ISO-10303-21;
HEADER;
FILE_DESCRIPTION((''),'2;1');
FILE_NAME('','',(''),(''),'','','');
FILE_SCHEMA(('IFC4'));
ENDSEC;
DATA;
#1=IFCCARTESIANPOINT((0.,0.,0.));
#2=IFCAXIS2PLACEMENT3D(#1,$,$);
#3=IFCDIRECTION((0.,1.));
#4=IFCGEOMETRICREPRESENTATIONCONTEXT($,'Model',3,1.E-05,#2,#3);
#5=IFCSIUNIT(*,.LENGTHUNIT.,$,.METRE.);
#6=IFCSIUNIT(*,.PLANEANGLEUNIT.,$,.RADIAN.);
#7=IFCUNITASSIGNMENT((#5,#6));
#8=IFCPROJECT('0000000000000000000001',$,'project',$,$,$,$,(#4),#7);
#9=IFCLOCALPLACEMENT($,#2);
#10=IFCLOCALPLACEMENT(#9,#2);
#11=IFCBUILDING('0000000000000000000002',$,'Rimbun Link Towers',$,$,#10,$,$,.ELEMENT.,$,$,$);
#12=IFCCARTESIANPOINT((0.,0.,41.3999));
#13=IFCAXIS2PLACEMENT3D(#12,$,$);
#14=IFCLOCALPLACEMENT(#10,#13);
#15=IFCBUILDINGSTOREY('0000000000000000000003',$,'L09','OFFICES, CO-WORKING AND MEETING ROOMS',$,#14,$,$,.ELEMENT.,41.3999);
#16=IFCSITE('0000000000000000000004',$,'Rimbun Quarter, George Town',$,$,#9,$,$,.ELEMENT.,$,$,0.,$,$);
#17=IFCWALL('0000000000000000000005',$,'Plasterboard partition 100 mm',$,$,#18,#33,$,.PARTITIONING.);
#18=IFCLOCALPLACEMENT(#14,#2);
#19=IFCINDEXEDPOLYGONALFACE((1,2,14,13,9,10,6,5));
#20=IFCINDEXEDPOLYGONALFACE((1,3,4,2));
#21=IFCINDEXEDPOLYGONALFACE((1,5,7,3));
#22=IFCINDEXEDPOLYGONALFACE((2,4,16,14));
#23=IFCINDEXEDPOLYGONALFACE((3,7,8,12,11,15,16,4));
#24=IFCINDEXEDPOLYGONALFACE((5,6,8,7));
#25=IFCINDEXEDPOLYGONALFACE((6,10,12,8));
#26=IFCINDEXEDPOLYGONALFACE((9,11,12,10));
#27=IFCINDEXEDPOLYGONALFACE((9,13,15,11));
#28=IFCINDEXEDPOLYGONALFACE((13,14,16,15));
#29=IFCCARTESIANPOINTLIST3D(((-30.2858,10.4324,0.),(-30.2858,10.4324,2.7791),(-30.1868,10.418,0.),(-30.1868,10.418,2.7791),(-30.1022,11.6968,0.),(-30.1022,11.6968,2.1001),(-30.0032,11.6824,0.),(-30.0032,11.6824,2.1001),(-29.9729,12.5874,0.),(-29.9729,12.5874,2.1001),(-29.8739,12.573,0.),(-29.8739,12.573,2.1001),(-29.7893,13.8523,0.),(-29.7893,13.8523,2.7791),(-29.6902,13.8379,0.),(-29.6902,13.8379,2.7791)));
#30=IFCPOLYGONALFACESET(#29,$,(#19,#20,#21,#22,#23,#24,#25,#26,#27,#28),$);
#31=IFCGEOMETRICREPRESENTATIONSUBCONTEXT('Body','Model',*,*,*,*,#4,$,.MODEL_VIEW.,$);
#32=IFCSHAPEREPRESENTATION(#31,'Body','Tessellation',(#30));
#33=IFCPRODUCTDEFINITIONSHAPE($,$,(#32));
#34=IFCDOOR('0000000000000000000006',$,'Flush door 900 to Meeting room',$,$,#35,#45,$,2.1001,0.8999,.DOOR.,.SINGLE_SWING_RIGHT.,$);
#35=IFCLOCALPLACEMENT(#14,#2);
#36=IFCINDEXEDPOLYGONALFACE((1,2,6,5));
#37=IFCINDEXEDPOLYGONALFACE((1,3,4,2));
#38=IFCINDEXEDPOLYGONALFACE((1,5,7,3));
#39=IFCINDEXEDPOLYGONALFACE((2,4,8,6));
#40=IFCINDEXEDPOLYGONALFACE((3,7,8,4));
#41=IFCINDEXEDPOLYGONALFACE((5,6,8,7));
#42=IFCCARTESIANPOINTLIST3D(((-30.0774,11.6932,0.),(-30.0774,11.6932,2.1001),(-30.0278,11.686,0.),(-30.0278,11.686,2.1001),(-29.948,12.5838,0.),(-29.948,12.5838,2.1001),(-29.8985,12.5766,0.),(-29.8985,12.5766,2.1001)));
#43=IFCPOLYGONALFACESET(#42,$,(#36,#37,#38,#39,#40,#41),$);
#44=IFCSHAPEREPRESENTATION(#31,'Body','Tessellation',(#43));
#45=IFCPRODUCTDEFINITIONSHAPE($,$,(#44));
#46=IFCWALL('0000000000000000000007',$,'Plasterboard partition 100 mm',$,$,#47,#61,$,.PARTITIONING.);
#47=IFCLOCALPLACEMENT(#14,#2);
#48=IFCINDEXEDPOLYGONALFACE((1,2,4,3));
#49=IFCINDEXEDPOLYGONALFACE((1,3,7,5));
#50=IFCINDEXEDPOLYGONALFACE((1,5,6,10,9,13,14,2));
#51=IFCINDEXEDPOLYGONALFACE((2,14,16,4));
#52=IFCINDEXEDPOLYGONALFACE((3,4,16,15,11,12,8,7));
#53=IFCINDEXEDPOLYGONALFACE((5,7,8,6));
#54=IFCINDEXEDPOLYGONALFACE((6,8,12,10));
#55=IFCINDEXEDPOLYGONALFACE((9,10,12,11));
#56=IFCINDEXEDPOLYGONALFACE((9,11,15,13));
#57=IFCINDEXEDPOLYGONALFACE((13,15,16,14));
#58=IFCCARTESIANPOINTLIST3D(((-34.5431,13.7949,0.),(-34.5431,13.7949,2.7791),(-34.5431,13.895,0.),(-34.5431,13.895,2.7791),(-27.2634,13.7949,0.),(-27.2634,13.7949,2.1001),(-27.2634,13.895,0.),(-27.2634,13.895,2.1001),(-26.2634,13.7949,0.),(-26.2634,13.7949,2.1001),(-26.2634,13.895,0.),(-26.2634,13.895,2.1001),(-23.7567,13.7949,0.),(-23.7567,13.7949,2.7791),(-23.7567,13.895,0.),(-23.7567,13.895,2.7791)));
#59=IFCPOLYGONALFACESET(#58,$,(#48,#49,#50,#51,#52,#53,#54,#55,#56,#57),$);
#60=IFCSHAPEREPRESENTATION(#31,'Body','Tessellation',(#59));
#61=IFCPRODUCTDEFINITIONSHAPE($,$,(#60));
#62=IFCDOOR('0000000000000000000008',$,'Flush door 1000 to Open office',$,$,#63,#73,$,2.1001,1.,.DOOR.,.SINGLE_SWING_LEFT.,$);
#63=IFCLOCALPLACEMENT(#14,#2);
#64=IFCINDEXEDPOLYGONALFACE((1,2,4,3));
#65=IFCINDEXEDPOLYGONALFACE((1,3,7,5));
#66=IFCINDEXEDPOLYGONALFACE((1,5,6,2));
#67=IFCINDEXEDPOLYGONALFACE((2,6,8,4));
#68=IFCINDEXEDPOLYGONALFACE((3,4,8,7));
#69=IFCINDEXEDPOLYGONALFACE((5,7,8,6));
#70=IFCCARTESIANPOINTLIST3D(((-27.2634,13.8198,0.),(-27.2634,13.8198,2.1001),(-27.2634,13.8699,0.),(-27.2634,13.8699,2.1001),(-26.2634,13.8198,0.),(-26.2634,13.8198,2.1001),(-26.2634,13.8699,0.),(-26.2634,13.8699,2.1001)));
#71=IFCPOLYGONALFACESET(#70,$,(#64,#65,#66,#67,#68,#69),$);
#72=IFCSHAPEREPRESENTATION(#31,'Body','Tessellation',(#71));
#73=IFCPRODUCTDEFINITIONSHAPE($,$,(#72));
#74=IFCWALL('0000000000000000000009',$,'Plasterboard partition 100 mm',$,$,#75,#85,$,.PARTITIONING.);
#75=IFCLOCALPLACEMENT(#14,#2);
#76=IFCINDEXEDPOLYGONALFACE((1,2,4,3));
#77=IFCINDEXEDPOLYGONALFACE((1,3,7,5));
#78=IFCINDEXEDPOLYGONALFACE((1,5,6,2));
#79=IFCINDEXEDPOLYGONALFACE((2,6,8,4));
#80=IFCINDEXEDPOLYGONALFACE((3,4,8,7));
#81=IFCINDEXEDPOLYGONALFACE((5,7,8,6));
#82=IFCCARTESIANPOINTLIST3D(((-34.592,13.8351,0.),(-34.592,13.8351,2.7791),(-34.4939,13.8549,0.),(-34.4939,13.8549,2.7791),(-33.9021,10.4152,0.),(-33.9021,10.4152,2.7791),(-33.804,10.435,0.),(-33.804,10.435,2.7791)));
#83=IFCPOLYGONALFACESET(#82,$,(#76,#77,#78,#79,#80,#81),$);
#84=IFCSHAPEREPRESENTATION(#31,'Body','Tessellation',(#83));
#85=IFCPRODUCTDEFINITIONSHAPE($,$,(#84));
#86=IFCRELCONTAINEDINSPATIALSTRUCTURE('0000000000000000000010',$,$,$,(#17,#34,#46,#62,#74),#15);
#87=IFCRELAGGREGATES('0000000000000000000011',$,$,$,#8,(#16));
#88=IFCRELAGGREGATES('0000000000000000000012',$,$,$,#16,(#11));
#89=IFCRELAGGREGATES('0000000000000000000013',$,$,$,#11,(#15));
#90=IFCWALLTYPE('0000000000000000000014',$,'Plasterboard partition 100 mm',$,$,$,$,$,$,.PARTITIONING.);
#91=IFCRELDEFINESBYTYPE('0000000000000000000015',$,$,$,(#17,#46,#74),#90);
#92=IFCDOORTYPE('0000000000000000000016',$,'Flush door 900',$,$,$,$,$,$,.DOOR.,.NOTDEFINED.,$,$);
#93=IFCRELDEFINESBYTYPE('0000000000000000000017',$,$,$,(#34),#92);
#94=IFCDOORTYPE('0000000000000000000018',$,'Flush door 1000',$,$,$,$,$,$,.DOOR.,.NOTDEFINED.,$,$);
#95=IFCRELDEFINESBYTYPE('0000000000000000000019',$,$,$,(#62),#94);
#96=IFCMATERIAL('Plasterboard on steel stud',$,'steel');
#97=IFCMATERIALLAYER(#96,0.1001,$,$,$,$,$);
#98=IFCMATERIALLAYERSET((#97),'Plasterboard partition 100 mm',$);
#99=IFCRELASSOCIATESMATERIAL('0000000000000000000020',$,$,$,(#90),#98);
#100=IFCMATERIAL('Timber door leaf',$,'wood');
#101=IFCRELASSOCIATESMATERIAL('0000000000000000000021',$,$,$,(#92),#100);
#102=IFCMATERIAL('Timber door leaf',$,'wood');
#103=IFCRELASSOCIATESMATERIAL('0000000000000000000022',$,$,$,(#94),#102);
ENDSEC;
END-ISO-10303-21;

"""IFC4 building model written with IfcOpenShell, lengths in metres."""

from ifc_helpers import new_model, si_unit, direction, frame, frame_2d, origin, place, context, subcontext, project, spatial, rectangle, extrude, material, layer, layer_set, type_object, element, fill, save


model = new_model("IFC4")

# Units and contexts
model_context = context("Model", 3, precision=1e-05, world=origin(), true_north=direction((0.0, 1.0)))
body_context = subcontext(model_context, "Body", "Model", "MODEL_VIEW")
ifc_project = project(units=[si_unit("LENGTHUNIT", "METRE"), si_unit("PLANEANGLEUNIT", "RADIAN")], contexts=[model_context])

# Site, building, storey
site_placement = place(None, origin())
site = spatial("IfcSite", under=ifc_project, at=site_placement, Name="Rimbun Quarter, George Town", CompositionType="ELEMENT", RefElevation=0.0)
building_placement = place(site_placement, origin())
building = spatial("IfcBuilding", under=site, at=building_placement, Name="Rimbun Link Towers", CompositionType="ELEMENT")
storey_placement = place(building_placement, frame((0.0, 0.0, 41.3999)))
storey = spatial("IfcBuildingStorey", under=building, at=storey_placement, Name="L09", Description="OFFICES, CO-WORKING AND MEETING ROOMS", CompositionType="ELEMENT", Elevation=41.3999)

# Walls, openings, doors
ifc_material_1 = material(Name="Plasterboard on steel stud", Category="steel")
ifc_layer_1 = layer(ifc_material_1, 0.1001)
ifc_layer_set_1 = layer_set([ifc_layer_1], Name="Plasterboard partition 100 mm")
wall_type = type_object("IfcWallType", Name="Plasterboard partition 100 mm", PredefinedType="PARTITIONING", material=ifc_layer_set_1)
wall_1_placement = place(storey_placement, frame((-30.2363, 10.425, 0.0), z_axis=(0.0, 0.0, 1.0), x_axis=(0.143696, 0.989622, 0.0)))
wall_1 = element("IfcWall", 1, at=wall_1_placement, inside=storey, type_object=wall_type, Name="Plasterboard partition 100 mm", PredefinedType="PARTITIONING", context=body_context, shape_type="SweptSolid", body=[
    extrude(rectangle(XDim=3.4558, YDim=0.1001, at=frame_2d((1.728, 0.0))), origin(), (0.0, 0.0, 1.0), 2.7791),
])
opening_1_placement = place(wall_1_placement, frame((1.2778, 0.0, 0.0)))
opening_1 = element("IfcOpeningElement", 2, at=opening_1_placement, cuts=wall_1, PredefinedType="OPENING", context=body_context, shape_type="SweptSolid", body=[
    extrude(rectangle(XDim=0.8999, YDim=2.1001, at=frame_2d((0.45, 1.05))), frame((0.0, 0.0601, 0.0), z_axis=(0.0, -1.0, 0.0), x_axis=(1.0, 0.0, 0.0)), (0.0, 0.0, 1.0), 0.1201),
])
ifc_material_2 = material(Name="Timber door leaf", Category="wood")
door_type_1 = type_object("IfcDoorType", Name="Flush door 900", OperationType="NOTDEFINED", PredefinedType="DOOR", material=ifc_material_2)
door_1_placement = place(opening_1_placement, origin())
door_1 = element("IfcDoor", 3, at=door_1_placement, inside=storey, type_object=door_type_1, Name="Flush door 900 to Meeting room", OperationType="SINGLE_SWING_RIGHT", OverallHeight=2.1001, OverallWidth=0.8999, PredefinedType="DOOR", context=body_context, shape_type="SweptSolid", body=[
    extrude(rectangle(XDim=0.8999, YDim=2.1001, at=frame_2d((0.45, 1.05))), frame((0.0, 0.0249, 0.0), z_axis=(0.0, -1.0, 0.0), x_axis=(1.0, 0.0, 0.0)), (0.0, 0.0, 1.0), 0.05),
])
fill(opening_1, door_1)
wall_2_placement = place(storey_placement, frame((-34.543, 13.845, 0.0), z_axis=(0.0, 0.0, 1.0), x_axis=(1.0, 0.0, 0.0)))
wall_2 = element("IfcWall", 4, at=wall_2_placement, inside=storey, type_object=wall_type, Name="Plasterboard partition 100 mm", PredefinedType="PARTITIONING", context=body_context, shape_type="SweptSolid", body=[
    extrude(rectangle(XDim=10.7864, YDim=0.1001, at=frame_2d((5.3931, 0.0))), origin(), (0.0, 0.0, 1.0), 2.7791),
])
opening_2_placement = place(wall_2_placement, frame((7.2795, 0.0, 0.0)))
opening_2 = element("IfcOpeningElement", 5, at=opening_2_placement, cuts=wall_2, PredefinedType="OPENING", context=body_context, shape_type="SweptSolid", body=[
    extrude(rectangle(XDim=1.0, YDim=2.1001, at=frame_2d((0.5, 1.05))), frame((0.0, 0.0601, 0.0), z_axis=(0.0, -1.0, 0.0), x_axis=(1.0, 0.0, 0.0)), (0.0, 0.0, 1.0), 0.1201),
])
ifc_material_3 = material(Name="Timber door leaf", Category="wood")
door_type_2 = type_object("IfcDoorType", Name="Flush door 1000", OperationType="NOTDEFINED", PredefinedType="DOOR", material=ifc_material_3)
door_2_placement = place(opening_2_placement, origin())
door_2 = element("IfcDoor", 6, at=door_2_placement, inside=storey, type_object=door_type_2, Name="Flush door 1000 to Open office", OperationType="SINGLE_SWING_LEFT", OverallHeight=2.1001, OverallWidth=1.0, PredefinedType="DOOR", context=body_context, shape_type="SweptSolid", body=[
    extrude(rectangle(XDim=1.0, YDim=2.1001, at=frame_2d((0.5, 1.05))), frame((0.0, 0.0249, 0.0), z_axis=(0.0, -1.0, 0.0), x_axis=(1.0, 0.0, 0.0)), (0.0, 0.0, 1.0), 0.05),
])
fill(opening_2, door_2)

# Wall
wall_3_placement = place(storey_placement, frame((-34.543, 13.845, 0.0), z_axis=(0.0, 0.0, 1.0), x_axis=(0.197758, -0.980251, 0.0)))
element("IfcWall", 7, at=wall_3_placement, inside=storey, type_object=wall_type, Name="Plasterboard partition 100 mm", PredefinedType="PARTITIONING", context=body_context, shape_type="SweptSolid", body=[
    extrude(rectangle(XDim=3.4888, YDim=0.1001, at=frame_2d((1.7444, 0.0))), origin(), (0.0, 0.0, 1.0), 2.7791),
])

save(model, "model.ifc")
